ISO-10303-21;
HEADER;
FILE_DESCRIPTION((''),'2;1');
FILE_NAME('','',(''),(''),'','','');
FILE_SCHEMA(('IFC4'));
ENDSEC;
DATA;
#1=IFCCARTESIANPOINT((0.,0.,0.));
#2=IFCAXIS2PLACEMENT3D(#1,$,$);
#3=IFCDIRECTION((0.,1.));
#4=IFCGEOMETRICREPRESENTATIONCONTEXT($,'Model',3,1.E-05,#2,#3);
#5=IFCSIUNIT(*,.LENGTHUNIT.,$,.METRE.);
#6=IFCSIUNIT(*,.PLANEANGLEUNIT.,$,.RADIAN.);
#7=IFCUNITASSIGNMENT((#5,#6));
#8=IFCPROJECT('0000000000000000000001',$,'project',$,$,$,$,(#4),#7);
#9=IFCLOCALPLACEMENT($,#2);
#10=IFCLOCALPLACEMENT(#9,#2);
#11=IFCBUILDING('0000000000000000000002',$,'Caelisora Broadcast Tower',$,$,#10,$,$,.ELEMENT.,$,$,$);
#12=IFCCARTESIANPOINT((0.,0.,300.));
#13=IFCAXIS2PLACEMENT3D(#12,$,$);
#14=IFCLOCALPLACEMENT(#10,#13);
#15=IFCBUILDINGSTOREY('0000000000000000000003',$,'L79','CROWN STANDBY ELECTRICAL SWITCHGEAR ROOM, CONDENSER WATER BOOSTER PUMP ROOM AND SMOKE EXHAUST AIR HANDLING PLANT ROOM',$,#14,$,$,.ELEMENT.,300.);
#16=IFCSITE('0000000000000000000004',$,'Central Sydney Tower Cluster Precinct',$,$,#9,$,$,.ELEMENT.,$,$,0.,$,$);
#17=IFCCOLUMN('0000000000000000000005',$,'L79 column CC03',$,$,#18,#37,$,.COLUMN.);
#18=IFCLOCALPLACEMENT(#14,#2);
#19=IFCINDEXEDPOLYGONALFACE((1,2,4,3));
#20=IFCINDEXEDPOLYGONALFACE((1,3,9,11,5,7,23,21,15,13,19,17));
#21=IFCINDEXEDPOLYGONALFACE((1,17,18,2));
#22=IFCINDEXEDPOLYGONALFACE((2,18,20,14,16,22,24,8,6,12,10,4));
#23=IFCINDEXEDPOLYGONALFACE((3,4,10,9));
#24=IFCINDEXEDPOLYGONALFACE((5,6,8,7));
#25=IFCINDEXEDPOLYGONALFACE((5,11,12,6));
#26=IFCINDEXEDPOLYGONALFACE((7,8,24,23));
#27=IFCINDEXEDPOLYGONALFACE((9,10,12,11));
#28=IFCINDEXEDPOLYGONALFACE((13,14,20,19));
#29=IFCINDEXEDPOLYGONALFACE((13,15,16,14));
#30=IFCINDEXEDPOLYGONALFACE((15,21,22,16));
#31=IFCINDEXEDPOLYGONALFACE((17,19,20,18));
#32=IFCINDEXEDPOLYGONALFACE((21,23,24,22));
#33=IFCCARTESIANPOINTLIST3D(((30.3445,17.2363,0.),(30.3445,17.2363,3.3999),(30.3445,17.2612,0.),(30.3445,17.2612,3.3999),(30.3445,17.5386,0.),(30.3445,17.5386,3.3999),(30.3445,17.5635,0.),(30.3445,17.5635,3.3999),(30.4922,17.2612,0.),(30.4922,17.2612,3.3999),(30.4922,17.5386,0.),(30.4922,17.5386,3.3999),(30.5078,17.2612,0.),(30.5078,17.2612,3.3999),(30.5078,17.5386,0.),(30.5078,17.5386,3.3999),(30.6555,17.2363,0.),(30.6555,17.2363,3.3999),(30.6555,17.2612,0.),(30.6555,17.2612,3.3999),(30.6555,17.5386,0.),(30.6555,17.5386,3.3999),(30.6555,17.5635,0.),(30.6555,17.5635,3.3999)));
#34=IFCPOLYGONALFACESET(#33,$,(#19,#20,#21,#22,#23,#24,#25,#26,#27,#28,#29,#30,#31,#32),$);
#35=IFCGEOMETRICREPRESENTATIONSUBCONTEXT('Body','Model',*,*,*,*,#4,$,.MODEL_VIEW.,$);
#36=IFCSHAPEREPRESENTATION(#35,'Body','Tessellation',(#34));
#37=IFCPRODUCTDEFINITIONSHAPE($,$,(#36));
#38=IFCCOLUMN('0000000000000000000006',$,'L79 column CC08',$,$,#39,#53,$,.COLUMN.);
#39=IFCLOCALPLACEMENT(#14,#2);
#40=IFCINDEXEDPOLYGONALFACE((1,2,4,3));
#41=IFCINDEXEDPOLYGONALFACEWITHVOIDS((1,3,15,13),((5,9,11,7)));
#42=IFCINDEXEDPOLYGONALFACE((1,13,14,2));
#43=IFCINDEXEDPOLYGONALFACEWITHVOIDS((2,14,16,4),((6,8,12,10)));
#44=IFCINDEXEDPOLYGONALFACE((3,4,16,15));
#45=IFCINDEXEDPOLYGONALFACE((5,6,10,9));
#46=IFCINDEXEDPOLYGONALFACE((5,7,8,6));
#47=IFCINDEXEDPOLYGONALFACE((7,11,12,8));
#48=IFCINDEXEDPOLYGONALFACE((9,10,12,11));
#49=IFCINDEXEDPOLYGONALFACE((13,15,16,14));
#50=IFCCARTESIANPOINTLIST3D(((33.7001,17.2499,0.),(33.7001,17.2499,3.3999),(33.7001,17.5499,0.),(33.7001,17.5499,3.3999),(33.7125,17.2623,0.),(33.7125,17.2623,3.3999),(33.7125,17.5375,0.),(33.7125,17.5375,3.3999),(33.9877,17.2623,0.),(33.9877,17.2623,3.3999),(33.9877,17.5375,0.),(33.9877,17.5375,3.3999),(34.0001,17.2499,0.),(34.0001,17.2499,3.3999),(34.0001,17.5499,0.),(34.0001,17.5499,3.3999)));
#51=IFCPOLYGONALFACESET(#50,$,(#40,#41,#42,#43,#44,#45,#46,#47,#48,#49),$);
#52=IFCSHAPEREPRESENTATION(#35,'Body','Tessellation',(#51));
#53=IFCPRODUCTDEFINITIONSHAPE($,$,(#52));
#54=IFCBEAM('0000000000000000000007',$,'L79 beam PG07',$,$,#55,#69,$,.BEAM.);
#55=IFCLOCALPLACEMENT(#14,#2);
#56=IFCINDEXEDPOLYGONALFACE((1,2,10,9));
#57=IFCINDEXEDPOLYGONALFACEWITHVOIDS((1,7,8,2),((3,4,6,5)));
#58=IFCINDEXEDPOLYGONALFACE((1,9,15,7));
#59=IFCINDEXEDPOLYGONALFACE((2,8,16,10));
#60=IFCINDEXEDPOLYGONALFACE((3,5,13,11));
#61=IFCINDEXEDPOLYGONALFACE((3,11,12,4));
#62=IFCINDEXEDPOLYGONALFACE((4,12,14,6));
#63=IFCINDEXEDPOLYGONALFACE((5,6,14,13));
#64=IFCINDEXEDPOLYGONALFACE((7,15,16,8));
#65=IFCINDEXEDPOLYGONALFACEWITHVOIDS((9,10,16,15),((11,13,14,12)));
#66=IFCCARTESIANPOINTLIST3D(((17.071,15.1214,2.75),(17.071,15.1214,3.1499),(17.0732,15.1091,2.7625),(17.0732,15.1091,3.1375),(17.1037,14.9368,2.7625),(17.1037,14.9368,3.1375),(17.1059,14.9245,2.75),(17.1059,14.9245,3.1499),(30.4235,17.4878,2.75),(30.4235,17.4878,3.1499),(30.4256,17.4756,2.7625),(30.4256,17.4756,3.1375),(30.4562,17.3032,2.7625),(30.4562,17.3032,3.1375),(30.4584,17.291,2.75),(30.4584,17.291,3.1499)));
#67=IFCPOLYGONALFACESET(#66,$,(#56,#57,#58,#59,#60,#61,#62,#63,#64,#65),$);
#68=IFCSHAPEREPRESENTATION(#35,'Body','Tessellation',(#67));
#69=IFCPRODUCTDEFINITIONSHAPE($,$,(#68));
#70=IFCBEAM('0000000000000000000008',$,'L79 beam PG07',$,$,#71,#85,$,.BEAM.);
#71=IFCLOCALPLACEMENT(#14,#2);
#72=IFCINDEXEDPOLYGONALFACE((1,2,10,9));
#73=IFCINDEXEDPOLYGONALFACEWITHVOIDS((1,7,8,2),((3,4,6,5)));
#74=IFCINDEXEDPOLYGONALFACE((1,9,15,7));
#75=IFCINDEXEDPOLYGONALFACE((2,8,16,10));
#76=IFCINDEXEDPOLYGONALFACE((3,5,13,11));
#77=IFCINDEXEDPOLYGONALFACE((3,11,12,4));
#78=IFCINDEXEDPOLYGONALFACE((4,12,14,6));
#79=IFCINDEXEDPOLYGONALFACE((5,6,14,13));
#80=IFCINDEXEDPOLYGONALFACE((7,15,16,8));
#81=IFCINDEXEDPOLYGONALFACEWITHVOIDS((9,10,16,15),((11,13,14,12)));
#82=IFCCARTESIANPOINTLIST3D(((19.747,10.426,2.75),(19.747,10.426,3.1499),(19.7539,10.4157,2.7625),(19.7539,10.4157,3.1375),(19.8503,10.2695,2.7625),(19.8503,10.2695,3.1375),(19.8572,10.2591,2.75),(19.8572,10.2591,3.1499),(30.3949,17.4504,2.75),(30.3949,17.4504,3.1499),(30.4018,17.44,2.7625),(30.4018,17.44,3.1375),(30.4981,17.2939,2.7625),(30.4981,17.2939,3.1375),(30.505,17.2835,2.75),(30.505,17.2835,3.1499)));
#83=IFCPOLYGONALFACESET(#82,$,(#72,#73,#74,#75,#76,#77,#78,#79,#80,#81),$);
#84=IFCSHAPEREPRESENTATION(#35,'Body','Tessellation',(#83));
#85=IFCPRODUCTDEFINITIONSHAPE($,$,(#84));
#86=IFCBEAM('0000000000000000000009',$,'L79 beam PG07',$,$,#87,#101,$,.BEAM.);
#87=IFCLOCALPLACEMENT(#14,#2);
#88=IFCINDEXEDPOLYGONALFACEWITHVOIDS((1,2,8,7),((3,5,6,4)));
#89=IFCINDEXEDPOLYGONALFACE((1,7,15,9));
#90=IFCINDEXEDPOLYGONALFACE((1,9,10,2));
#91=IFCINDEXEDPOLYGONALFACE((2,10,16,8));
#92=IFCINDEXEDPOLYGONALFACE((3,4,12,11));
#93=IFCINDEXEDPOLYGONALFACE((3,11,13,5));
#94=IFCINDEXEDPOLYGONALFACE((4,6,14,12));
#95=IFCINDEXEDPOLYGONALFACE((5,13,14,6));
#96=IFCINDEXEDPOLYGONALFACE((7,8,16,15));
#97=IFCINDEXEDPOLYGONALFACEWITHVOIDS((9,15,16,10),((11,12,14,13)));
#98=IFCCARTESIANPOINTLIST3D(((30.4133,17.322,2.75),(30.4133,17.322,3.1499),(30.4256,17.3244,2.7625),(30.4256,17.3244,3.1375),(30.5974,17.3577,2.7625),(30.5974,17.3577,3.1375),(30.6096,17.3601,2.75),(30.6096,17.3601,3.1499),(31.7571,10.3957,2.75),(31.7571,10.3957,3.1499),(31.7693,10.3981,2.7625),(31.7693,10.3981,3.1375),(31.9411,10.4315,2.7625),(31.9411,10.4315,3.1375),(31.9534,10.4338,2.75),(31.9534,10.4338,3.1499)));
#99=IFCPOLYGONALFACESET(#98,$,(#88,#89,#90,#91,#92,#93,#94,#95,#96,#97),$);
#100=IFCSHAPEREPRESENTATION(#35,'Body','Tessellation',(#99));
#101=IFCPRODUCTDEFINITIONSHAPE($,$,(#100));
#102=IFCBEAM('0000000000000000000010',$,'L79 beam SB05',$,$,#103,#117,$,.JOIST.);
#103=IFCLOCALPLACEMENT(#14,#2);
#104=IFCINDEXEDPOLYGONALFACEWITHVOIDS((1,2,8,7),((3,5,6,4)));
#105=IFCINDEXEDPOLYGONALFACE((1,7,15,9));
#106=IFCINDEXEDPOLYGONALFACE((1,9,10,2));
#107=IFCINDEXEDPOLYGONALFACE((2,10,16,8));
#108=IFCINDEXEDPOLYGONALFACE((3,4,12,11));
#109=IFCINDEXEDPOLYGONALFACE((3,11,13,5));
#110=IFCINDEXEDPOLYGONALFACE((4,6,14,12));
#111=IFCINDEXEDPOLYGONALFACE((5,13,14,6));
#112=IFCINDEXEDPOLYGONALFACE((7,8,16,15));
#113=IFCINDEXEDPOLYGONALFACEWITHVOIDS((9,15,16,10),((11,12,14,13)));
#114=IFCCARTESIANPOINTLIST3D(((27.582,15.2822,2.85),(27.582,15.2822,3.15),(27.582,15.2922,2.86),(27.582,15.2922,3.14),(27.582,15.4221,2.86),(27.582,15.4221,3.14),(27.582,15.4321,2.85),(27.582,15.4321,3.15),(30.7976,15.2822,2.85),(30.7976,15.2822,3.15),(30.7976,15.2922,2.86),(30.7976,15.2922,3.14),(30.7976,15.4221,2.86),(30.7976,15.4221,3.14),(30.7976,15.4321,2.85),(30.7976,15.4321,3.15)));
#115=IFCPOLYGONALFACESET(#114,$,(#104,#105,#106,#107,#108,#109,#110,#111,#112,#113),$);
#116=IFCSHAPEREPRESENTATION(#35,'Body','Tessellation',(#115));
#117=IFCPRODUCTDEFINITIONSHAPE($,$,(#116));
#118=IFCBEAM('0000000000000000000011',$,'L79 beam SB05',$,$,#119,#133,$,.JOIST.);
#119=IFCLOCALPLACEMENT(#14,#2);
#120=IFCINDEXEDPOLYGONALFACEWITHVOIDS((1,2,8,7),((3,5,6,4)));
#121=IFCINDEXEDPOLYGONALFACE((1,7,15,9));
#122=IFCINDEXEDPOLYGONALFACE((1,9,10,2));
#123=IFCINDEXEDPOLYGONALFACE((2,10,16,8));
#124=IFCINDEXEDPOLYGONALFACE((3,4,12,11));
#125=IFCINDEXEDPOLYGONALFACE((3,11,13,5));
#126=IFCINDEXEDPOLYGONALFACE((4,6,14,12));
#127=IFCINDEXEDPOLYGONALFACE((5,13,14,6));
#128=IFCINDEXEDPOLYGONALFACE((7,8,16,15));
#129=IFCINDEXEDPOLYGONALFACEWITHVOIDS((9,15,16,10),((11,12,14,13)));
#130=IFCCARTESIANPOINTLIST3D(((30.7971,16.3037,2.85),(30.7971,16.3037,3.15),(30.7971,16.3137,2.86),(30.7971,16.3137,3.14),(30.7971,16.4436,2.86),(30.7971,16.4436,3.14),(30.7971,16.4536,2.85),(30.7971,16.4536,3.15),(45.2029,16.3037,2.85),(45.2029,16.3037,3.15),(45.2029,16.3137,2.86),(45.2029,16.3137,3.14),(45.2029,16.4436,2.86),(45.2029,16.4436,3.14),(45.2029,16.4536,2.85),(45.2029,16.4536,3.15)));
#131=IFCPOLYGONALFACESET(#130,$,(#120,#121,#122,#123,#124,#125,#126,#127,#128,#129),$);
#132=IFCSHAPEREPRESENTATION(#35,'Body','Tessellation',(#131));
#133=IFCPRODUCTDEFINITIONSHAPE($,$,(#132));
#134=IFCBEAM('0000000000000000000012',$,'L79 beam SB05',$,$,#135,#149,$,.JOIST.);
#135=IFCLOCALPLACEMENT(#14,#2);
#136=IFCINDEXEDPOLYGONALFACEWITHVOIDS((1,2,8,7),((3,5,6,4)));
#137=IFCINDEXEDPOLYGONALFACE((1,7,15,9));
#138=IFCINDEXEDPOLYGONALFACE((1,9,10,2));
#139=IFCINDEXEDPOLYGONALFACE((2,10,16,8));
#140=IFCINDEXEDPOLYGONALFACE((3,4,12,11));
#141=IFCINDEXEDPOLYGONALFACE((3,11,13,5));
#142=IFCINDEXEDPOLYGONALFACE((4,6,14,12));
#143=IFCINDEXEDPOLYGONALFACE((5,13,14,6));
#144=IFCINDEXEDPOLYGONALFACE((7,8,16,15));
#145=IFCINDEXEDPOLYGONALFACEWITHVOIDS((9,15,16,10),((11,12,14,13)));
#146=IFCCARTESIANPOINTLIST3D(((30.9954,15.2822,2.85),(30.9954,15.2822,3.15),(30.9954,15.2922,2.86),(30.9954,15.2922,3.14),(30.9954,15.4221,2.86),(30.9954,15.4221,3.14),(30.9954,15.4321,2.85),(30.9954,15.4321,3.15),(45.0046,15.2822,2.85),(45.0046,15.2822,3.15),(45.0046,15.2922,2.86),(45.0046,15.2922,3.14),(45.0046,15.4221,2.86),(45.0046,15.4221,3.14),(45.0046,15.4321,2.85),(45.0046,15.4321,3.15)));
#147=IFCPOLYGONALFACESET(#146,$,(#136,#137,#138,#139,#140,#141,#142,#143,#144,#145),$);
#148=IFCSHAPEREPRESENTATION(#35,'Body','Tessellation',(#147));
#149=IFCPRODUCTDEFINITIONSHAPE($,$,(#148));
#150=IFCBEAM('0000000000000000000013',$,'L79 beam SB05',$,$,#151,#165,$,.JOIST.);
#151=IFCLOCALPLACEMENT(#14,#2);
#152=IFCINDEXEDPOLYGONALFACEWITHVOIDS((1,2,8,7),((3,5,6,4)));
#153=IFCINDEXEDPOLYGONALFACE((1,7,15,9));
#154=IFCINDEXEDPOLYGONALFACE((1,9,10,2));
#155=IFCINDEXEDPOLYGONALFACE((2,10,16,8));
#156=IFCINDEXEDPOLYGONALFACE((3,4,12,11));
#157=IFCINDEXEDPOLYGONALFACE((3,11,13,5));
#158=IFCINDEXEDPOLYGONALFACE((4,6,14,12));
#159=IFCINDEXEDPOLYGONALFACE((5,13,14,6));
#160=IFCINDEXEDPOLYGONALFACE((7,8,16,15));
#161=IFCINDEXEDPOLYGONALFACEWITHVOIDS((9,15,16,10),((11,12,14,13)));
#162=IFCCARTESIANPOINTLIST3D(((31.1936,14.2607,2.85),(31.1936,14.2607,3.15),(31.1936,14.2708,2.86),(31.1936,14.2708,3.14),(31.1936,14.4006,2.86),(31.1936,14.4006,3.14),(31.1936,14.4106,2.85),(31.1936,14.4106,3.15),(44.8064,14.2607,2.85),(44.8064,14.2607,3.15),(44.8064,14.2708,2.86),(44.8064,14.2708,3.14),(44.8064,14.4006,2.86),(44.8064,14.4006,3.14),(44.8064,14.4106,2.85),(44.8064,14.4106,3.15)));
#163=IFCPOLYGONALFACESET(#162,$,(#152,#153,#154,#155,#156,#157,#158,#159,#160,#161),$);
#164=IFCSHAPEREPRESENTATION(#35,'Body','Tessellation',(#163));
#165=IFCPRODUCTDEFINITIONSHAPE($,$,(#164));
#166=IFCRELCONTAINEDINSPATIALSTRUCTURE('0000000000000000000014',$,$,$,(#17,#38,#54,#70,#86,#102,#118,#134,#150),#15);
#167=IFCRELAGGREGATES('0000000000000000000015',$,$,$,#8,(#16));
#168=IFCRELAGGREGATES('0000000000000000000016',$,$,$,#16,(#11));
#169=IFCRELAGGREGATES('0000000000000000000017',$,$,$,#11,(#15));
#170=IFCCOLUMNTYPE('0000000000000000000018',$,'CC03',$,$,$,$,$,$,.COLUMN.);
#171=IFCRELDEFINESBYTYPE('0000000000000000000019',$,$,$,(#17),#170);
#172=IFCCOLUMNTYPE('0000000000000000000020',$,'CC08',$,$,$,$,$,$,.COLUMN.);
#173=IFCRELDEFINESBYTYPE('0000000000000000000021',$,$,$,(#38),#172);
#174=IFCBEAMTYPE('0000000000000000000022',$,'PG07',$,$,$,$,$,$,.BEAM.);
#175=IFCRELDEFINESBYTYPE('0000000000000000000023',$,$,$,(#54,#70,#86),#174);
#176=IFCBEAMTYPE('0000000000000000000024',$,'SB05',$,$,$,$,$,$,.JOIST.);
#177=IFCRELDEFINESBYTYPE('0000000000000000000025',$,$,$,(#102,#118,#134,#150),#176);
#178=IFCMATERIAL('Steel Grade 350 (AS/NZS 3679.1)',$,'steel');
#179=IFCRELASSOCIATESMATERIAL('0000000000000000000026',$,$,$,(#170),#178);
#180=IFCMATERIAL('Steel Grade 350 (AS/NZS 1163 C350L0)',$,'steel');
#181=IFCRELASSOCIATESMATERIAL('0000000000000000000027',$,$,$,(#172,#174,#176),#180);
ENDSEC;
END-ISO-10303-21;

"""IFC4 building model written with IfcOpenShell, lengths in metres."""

from ifc_helpers import new_model, si_unit, direction, frame, origin, origin_2d, place, context, subcontext, project, spatial, hollow_rectangle, i_section, extrude, source, transform, mapped, material, material_profile, profile_set, type_object, type_shapes, element, save


model = new_model("IFC4")

# Units and contexts
model_context = context("Model", 3, precision=1e-05, world=origin(), true_north=direction((0.0, 1.0)))
body_context = subcontext(model_context, "Body", "Model", "MODEL_VIEW")
ifc_project = project(units=[si_unit("LENGTHUNIT", "METRE"), si_unit("PLANEANGLEUNIT", "RADIAN")], contexts=[model_context])

# Site, building, storey
site_placement = place(None, origin())
site = spatial("IfcSite", under=ifc_project, at=site_placement, Name="Central Sydney Tower Cluster Precinct", CompositionType="ELEMENT", RefElevation=0.0)
building_placement = place(site_placement, origin())
building = spatial("IfcBuilding", under=site, at=building_placement, Name="Caelisora Broadcast Tower", CompositionType="ELEMENT")
storey_placement = place(building_placement, frame((0.0, 0.0, 300.0)))
storey = spatial("IfcBuildingStorey", under=building, at=storey_placement, Name="L79", Description="CROWN STANDBY ELECTRICAL SWITCHGEAR ROOM, CONDENSER WATER BOOSTER PUMP ROOM AND SMOKE EXHAUST AIR HANDLING PLANT ROOM", CompositionType="ELEMENT", Elevation=300.0)

# Columns
ifc_material_1 = material(Name="Steel Grade 350 (AS/NZS 3679.1)", Category="steel")
ifc_material_profile_1 = material_profile(ifc_material_1, i_section(OverallWidth=0.311, OverallDepth=0.3271, WebThickness=0.0156, FlangeThickness=0.0249, at=origin_2d()), Name="Steel Grade 350 (AS/NZS 3679.1)")
ifc_profile_set_1 = profile_set([ifc_material_profile_1], Name="Steel Grade 350 (AS/NZS 3679.1)")
column_type_1 = type_object("IfcColumnType", Name="CC03", PredefinedType="COLUMN", material=ifc_profile_set_1)
shared_shape_1 = source(origin(), body_context, "Body", "SweptSolid", [
    extrude(i_section(OverallWidth=0.311, OverallDepth=0.3271, WebThickness=0.0156, FlangeThickness=0.0249, at=origin_2d()), origin(), (0.0, 0.0, 1.0), 3.3999),
])
type_shapes(column_type_1, [shared_shape_1])
column_1_placement = place(storey_placement, frame((30.5, 17.3999, 0.0), z_axis=(0.0, 0.0, 1.0), x_axis=(1.0, 0.0, 0.0)))
element("IfcColumn", 1, at=column_1_placement, inside=storey, type_object=column_type_1, Name="L79 column CC03", PredefinedType="COLUMN", context=body_context, shape_type="MappedRepresentation", body=[
    mapped(shared_shape_1, transform((0.0, 0.0, 0.0), scale=1.0)),
])
ifc_material_2 = material(Name="Steel Grade 350 (AS/NZS 1163 C350L0)", Category="steel")
ifc_material_profile_2 = material_profile(ifc_material_2, hollow_rectangle(XDim=0.3, YDim=0.3, WallThickness=0.0125, at=origin_2d()), Name="Steel Grade 350 (AS/NZS 1163 C350L0)")
ifc_profile_set_2 = profile_set([ifc_material_profile_2], Name="Steel Grade 350 (AS/NZS 1163 C350L0)")
column_type_2 = type_object("IfcColumnType", Name="CC08", PredefinedType="COLUMN", material=ifc_profile_set_2)
shared_shape_2 = source(origin(), body_context, "Body", "SweptSolid", [
    extrude(hollow_rectangle(XDim=0.3, YDim=0.3, WallThickness=0.0125, at=origin_2d()), origin(), (0.0, 0.0, 1.0), 3.3999),
])
type_shapes(column_type_2, [shared_shape_2])
column_2_placement = place(storey_placement, frame((33.8501, 17.3999, 0.0), z_axis=(0.0, 0.0, 1.0), x_axis=(1.0, 0.0, 0.0)))
element("IfcColumn", 2, at=column_2_placement, inside=storey, type_object=column_type_2, Name="L79 column CC08", PredefinedType="COLUMN", context=body_context, shape_type="MappedRepresentation", body=[
    mapped(shared_shape_2, transform((0.0, 0.0, 0.0), scale=1.0)),
])

# Beams
ifc_material_profile_3 = material_profile(ifc_material_2, hollow_rectangle(XDim=0.2, YDim=0.3999, WallThickness=0.0125, at=origin_2d()), Name="Steel Grade 350 (AS/NZS 1163 C350L0)")
ifc_profile_set_3 = profile_set([ifc_material_profile_3], Name="Steel Grade 350 (AS/NZS 1163 C350L0)")
beam_type_1 = type_object("IfcBeamType", Name="PG07", PredefinedType="BEAM", material=ifc_profile_set_3)
shared_shape_3 = source(origin(), body_context, "Body", "SweptSolid", [
    extrude(hollow_rectangle(XDim=0.2, YDim=0.3999, WallThickness=0.0125, at=origin_2d()), origin(), (0.0, 0.0, 1.0), 13.5605),
])
beam_1_placement = place(storey_placement, frame((30.4409, 17.3894, 2.95), z_axis=(-0.984656, -0.174509, 0.0), x_axis=(0.174509, -0.984656, 0.0)))
element("IfcBeam", 3, at=beam_1_placement, inside=storey, type_object=beam_type_1, Name="L79 beam PG07", PredefinedType="BEAM", context=body_context, shape_type="MappedRepresentation", body=[
    mapped(shared_shape_3, transform((0.0, 0.0, 0.0), scale=1.0)),
])
shared_shape_4 = source(origin(), body_context, "Body", "SweptSolid", [
    extrude(hollow_rectangle(XDim=0.2, YDim=0.3999, WallThickness=0.0125, at=origin_2d()), origin(), (0.0, 0.0, 1.0), 12.7561),
])
beam_2_placement = place(storey_placement, frame((30.45, 17.3669, 2.95), z_axis=(-0.834726, -0.550666, 0.0), x_axis=(0.550666, -0.834726, 0.0)))
element("IfcBeam", 4, at=beam_2_placement, inside=storey, type_object=beam_type_1, Name="L79 beam PG07", PredefinedType="BEAM", context=body_context, shape_type="MappedRepresentation", body=[
    mapped(shared_shape_4, transform((0.0, 0.0, 0.0), scale=1.0)),
])
shared_shape_5 = source(origin(), body_context, "Body", "SweptSolid", [
    extrude(hollow_rectangle(XDim=0.2, YDim=0.3999, WallThickness=0.0125, at=origin_2d()), origin(), (0.0, 0.0, 1.0), 7.0554),
])
type_shapes(beam_type_1, [shared_shape_3, shared_shape_4, shared_shape_5])
beam_3_placement = place(storey_placement, frame((30.5115, 17.3411, 2.95), z_axis=(0.190457, -0.981696, 0.0), x_axis=(0.981696, 0.190457, 0.0)))
element("IfcBeam", 5, at=beam_3_placement, inside=storey, type_object=beam_type_1, Name="L79 beam PG07", PredefinedType="BEAM", context=body_context, shape_type="MappedRepresentation", body=[
    mapped(shared_shape_5, transform((0.0, 0.0, 0.0), scale=1.0)),
])
ifc_material_profile_4 = material_profile(ifc_material_2, hollow_rectangle(XDim=0.1499, YDim=0.3, WallThickness=0.01, at=origin_2d()), Name="Steel Grade 350 (AS/NZS 1163 C350L0)")
ifc_profile_set_4 = profile_set([ifc_material_profile_4], Name="Steel Grade 350 (AS/NZS 1163 C350L0)")
beam_type_2 = type_object("IfcBeamType", Name="SB05", PredefinedType="JOIST", material=ifc_profile_set_4)
shared_shape_6 = source(origin(), body_context, "Body", "SweptSolid", [
    extrude(hollow_rectangle(XDim=0.1499, YDim=0.3, WallThickness=0.01, at=origin_2d()), origin(), (0.0, 0.0, 1.0), 3.2156),
])
beam_4_placement = place(storey_placement, frame((27.582, 15.3572, 3.0), z_axis=(1.0, 0.0, 0.0), x_axis=(0.0, 1.0, 0.0)))
element("IfcBeam", 6, at=beam_4_placement, inside=storey, type_object=beam_type_2, Name="L79 beam SB05", PredefinedType="JOIST", context=body_context, shape_type="MappedRepresentation", body=[
    mapped(shared_shape_6, transform((0.0, 0.0, 0.0), scale=1.0)),
])
shared_shape_7 = source(origin(), body_context, "Body", "SweptSolid", [
    extrude(hollow_rectangle(XDim=0.1499, YDim=0.3, WallThickness=0.01, at=origin_2d()), origin(), (0.0, 0.0, 1.0), 14.4058),
])
beam_5_placement = place(storey_placement, frame((30.7971, 16.3787, 3.0), z_axis=(1.0, 0.0, 0.0), x_axis=(0.0, 1.0, 0.0)))
element("IfcBeam", 7, at=beam_5_placement, inside=storey, type_object=beam_type_2, Name="L79 beam SB05", PredefinedType="JOIST", context=body_context, shape_type="MappedRepresentation", body=[
    mapped(shared_shape_7, transform((0.0, 0.0, 0.0), scale=1.0)),
])
shared_shape_8 = source(origin(), body_context, "Body", "SweptSolid", [
    extrude(hollow_rectangle(XDim=0.1499, YDim=0.3, WallThickness=0.01, at=origin_2d()), origin(), (0.0, 0.0, 1.0), 14.0093),
])
beam_6_placement = place(storey_placement, frame((30.9954, 15.3572, 3.0), z_axis=(1.0, 0.0, 0.0), x_axis=(0.0, 1.0, 0.0)))
element("IfcBeam", 8, at=beam_6_placement, inside=storey, type_object=beam_type_2, Name="L79 beam SB05", PredefinedType="JOIST", context=body_context, shape_type="MappedRepresentation", body=[
    mapped(shared_shape_8, transform((0.0, 0.0, 0.0), scale=1.0)),
])
shared_shape_9 = source(origin(), body_context, "Body", "SweptSolid", [
    extrude(hollow_rectangle(XDim=0.1499, YDim=0.3, WallThickness=0.01, at=origin_2d()), origin(), (0.0, 0.0, 1.0), 13.6128),
])
type_shapes(beam_type_2, [shared_shape_6, shared_shape_7, shared_shape_8, shared_shape_9])
beam_7_placement = place(storey_placement, frame((31.1936, 14.3357, 3.0), z_axis=(1.0, 0.0, 0.0), x_axis=(0.0, 1.0, 0.0)))
element("IfcBeam", 9, at=beam_7_placement, inside=storey, type_object=beam_type_2, Name="L79 beam SB05", PredefinedType="JOIST", context=body_context, shape_type="MappedRepresentation", body=[
    mapped(shared_shape_9, transform((0.0, 0.0, 0.0), scale=1.0)),
])

save(model, "model.ifc")
